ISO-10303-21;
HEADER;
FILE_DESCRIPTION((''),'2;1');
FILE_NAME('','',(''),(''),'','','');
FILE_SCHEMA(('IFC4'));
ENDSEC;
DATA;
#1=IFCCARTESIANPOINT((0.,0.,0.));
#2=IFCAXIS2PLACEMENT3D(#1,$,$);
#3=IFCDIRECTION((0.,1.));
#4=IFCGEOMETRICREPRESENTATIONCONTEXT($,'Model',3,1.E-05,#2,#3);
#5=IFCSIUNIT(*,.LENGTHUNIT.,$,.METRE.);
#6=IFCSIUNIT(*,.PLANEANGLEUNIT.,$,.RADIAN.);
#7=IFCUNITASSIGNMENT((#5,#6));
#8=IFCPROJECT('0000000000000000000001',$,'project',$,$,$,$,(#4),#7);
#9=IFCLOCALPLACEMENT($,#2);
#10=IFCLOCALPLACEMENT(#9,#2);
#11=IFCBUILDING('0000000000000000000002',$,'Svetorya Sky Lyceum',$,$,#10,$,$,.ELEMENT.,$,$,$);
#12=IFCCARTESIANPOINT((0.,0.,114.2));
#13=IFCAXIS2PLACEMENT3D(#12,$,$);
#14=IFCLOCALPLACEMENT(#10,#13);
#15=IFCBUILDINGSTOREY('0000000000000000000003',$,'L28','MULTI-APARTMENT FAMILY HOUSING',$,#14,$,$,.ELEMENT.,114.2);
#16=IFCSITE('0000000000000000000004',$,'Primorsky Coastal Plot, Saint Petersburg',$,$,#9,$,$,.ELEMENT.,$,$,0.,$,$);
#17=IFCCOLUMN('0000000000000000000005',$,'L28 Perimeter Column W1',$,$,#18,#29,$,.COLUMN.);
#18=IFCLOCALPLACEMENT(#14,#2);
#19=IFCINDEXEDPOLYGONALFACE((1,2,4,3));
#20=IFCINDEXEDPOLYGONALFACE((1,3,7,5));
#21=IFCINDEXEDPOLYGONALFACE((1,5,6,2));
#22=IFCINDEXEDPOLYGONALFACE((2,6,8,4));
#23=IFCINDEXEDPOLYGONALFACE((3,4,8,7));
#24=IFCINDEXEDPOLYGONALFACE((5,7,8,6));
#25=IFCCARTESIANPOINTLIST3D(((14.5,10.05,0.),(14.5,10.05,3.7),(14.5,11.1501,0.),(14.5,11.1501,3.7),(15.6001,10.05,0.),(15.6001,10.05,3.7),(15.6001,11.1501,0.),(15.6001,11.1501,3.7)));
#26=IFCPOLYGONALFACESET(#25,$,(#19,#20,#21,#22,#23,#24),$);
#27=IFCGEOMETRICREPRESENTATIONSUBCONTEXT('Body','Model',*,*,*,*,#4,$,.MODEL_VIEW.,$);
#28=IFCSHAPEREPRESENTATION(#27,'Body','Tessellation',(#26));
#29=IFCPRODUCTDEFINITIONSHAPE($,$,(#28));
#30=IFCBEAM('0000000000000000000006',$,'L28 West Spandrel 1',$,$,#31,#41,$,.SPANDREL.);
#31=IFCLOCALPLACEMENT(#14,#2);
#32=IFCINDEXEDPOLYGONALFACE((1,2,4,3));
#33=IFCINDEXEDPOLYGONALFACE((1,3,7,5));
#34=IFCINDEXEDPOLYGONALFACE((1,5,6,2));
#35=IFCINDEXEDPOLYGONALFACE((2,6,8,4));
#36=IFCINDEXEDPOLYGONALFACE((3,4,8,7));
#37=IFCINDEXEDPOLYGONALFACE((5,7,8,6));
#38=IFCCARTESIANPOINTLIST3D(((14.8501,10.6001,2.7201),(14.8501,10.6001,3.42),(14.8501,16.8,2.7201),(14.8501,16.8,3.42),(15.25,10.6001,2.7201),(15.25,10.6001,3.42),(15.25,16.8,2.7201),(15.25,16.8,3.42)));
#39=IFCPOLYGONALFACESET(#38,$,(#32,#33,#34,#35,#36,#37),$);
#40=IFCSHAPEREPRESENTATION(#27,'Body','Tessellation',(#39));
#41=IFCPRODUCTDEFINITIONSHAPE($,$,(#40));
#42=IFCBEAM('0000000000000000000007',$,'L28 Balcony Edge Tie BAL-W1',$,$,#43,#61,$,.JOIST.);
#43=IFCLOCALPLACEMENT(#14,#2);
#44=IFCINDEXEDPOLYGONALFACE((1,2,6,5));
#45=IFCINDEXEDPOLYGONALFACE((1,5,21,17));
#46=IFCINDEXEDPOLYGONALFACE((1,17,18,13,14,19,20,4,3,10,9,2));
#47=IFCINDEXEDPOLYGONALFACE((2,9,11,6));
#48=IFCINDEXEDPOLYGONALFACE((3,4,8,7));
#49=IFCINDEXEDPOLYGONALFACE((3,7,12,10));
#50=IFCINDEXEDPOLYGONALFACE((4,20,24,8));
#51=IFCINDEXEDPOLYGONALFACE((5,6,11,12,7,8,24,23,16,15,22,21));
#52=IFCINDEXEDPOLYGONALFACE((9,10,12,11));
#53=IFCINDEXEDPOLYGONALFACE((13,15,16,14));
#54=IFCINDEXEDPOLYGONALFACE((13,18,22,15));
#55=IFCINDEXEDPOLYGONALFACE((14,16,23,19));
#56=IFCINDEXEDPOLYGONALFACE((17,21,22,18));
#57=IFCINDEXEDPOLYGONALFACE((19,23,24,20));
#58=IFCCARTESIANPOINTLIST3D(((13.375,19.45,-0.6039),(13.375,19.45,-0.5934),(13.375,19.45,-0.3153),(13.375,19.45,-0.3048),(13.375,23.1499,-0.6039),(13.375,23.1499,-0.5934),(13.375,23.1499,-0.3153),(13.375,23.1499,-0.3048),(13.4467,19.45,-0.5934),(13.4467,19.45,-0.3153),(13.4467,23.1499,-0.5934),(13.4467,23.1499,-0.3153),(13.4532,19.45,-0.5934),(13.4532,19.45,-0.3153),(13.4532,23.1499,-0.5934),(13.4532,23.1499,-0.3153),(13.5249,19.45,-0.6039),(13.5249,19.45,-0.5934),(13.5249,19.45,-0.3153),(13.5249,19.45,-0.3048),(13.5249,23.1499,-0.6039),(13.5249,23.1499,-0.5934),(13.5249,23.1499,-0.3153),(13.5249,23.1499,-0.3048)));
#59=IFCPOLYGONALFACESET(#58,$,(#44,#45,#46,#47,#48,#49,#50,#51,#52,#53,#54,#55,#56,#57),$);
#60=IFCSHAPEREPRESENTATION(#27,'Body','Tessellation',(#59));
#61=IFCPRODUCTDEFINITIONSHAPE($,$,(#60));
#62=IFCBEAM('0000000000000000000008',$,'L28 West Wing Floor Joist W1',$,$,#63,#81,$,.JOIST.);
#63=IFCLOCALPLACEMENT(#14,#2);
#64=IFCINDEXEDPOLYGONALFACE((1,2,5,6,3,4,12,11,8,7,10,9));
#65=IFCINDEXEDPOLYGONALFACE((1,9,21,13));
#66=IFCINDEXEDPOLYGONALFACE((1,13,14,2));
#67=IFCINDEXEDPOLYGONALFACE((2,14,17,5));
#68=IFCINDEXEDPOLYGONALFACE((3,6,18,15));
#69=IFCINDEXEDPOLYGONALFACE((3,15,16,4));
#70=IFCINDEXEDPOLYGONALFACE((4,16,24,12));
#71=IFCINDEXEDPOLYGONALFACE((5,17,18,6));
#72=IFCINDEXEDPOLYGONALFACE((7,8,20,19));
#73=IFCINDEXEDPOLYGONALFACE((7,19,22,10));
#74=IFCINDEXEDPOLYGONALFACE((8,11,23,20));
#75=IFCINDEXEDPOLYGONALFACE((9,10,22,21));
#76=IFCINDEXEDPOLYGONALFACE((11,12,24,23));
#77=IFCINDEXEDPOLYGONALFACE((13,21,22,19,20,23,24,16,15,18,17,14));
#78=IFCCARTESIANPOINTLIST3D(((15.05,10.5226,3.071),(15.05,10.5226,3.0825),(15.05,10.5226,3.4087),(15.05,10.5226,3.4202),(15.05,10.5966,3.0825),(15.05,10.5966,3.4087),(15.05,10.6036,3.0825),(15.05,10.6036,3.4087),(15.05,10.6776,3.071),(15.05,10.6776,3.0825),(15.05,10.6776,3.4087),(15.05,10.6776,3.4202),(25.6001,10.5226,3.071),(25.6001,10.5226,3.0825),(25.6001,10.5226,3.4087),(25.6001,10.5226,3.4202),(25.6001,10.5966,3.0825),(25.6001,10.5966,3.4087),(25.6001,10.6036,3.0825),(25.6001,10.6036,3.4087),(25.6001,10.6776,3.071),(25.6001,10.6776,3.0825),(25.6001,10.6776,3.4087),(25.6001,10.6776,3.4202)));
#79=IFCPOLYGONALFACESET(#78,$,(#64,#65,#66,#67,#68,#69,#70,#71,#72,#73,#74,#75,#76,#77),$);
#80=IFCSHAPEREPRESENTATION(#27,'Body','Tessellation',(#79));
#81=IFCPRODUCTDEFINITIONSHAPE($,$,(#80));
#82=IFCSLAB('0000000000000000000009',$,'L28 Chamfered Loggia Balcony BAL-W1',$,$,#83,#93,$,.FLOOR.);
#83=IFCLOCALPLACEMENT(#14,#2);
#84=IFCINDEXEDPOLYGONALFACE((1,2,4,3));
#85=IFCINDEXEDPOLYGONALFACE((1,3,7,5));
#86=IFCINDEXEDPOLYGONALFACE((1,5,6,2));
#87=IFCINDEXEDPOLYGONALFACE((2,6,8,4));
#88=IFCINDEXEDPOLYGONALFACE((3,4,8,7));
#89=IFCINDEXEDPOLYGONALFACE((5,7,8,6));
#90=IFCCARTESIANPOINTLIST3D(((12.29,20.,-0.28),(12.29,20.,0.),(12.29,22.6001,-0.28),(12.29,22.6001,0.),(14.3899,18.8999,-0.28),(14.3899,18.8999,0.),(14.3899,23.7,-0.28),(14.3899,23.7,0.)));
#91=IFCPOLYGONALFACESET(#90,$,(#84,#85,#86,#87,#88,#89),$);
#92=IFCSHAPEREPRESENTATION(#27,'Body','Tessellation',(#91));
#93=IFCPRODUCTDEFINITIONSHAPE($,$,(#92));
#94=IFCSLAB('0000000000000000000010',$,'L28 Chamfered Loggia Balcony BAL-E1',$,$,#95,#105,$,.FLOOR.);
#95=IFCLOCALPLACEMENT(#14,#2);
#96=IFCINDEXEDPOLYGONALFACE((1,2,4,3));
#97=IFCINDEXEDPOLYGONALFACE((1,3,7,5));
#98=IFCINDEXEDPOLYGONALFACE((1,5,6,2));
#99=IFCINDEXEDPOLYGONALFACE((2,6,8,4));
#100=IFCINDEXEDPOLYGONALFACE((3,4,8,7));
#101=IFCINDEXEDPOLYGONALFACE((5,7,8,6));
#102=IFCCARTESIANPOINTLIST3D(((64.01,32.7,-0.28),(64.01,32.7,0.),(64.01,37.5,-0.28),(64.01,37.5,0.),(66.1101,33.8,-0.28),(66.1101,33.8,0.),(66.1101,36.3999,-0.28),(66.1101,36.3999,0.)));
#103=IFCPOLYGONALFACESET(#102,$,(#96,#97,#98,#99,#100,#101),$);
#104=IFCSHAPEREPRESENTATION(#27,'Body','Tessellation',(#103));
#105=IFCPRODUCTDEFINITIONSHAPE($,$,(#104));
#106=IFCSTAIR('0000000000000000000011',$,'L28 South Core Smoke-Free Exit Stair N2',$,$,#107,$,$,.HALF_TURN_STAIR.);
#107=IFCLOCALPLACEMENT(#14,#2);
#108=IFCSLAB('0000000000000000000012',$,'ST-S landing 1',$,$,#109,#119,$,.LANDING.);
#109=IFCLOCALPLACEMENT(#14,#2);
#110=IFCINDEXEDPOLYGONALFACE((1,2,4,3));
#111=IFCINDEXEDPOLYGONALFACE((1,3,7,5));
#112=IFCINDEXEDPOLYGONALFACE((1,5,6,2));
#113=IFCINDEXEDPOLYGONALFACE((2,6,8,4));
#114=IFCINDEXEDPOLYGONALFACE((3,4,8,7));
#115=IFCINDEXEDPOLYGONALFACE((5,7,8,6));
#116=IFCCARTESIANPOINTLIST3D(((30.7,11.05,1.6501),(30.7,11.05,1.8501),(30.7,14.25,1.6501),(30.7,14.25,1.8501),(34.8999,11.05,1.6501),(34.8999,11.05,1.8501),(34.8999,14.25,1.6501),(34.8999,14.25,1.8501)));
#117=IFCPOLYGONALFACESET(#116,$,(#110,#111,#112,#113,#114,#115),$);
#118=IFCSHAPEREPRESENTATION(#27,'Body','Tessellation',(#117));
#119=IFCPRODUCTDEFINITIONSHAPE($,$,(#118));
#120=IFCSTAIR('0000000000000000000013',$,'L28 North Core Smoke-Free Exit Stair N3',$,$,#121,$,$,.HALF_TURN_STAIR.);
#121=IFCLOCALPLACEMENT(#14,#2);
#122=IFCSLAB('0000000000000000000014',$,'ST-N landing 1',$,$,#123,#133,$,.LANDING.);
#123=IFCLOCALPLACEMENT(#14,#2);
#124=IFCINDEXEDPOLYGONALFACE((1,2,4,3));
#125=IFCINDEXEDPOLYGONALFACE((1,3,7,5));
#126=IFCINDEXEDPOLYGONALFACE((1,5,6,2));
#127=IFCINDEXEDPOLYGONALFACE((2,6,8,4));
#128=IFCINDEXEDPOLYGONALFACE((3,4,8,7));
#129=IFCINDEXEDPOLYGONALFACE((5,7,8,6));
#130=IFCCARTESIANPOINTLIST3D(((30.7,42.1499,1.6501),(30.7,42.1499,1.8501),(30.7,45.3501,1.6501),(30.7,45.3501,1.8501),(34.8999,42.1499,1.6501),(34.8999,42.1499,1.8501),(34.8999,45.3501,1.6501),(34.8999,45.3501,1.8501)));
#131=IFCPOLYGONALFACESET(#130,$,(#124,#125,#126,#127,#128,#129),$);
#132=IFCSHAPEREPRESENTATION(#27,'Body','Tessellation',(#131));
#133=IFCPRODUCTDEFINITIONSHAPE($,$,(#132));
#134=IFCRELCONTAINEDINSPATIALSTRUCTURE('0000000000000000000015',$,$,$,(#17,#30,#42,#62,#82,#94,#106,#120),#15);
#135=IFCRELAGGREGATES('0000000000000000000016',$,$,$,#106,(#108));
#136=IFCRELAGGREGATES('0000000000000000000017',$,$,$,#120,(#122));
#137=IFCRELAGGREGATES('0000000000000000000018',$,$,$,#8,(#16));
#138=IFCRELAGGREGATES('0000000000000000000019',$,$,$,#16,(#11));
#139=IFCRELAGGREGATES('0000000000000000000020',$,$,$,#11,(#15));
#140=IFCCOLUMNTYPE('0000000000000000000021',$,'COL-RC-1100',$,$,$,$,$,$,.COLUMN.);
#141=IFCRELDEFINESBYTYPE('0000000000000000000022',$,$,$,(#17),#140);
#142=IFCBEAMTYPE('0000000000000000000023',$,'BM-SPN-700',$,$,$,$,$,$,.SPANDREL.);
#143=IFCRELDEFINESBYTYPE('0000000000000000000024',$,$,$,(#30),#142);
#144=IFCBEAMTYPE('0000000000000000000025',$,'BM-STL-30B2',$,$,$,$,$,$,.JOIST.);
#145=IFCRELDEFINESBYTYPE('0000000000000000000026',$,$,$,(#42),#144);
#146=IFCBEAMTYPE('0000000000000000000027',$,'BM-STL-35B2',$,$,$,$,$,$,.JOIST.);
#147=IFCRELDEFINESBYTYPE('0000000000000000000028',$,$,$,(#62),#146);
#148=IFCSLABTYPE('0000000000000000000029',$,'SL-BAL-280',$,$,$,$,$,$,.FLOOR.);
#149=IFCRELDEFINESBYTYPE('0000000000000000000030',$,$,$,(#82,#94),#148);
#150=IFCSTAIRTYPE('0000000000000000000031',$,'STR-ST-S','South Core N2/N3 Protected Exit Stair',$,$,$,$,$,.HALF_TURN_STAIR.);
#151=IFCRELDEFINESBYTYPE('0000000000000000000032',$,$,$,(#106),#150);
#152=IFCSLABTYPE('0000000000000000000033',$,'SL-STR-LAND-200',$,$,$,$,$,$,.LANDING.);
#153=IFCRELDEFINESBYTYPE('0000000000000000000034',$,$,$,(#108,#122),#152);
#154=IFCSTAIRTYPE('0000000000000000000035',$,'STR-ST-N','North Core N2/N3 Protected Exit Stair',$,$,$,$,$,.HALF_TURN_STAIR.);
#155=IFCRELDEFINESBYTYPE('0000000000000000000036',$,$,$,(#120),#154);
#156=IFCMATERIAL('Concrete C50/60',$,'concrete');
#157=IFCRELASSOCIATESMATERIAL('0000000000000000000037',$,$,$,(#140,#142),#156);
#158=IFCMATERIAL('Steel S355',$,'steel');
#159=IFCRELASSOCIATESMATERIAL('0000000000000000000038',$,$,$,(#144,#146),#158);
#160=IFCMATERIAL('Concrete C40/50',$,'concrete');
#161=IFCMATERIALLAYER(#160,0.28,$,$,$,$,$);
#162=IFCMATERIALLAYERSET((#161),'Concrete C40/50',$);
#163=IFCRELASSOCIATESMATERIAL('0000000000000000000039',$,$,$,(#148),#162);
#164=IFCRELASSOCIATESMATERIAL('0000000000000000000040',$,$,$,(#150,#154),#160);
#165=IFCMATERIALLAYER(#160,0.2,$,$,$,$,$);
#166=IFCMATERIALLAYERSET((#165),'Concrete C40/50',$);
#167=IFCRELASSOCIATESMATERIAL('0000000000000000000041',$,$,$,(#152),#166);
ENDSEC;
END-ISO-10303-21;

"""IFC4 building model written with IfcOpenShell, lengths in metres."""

from ifc_helpers import new_model, si_unit, direction, frame, origin, origin_2d, place, context, subcontext, project, spatial, polyline, rectangle, i_section, outline, extrude, material, layer, layer_set, material_profile, profile_set, type_object, element, aggregate, save


model = new_model("IFC4")

# Units and contexts
model_context = context("Model", 3, precision=1e-05, world=origin(), true_north=direction((0.0, 1.0)))
body_context = subcontext(model_context, "Body", "Model", "MODEL_VIEW")
ifc_project = project(units=[si_unit("LENGTHUNIT", "METRE"), si_unit("PLANEANGLEUNIT", "RADIAN")], contexts=[model_context])

# Site, building, storey
site_placement = place(None, origin())
site = spatial("IfcSite", under=ifc_project, at=site_placement, Name="Primorsky Coastal Plot, Saint Petersburg", CompositionType="ELEMENT", RefElevation=0.0)
building_placement = place(site_placement, origin())
building = spatial("IfcBuilding", under=site, at=building_placement, Name="Svetorya Sky Lyceum", CompositionType="ELEMENT")
storey_placement = place(building_placement, frame((0.0, 0.0, 114.2)))
storey = spatial("IfcBuildingStorey", under=building, at=storey_placement, Name="L28", Description="MULTI-APARTMENT FAMILY HOUSING", CompositionType="ELEMENT", Elevation=114.2)

# Column
ifc_material_1 = material(Name="Concrete C50/60", Category="concrete")
ifc_material_profile_1 = material_profile(ifc_material_1, rectangle(XDim=1.1001, YDim=1.1001, at=origin_2d()), Name="RC COL 1100x1100")
ifc_profile_set_1 = profile_set([ifc_material_profile_1], Name="Concrete C50/60")
column_type = type_object("IfcColumnType", Name="COL-RC-1100", PredefinedType="COLUMN", material=ifc_profile_set_1)
column_placement = place(storey_placement, frame((15.05, 10.6001, 0.0), z_axis=(0.0, 0.0, 1.0), x_axis=(1.0, 0.0, 0.0)))
element("IfcColumn", 1, at=column_placement, inside=storey, type_object=column_type, Name="L28 Perimeter Column W1", PredefinedType="COLUMN", context=body_context, shape_type="SweptSolid", body=[
    extrude(rectangle(XDim=1.1001, YDim=1.1001, at=origin_2d()), origin(), (0.0, 0.0, 1.0), 3.7),
])

# Beams
ifc_material_profile_2 = material_profile(ifc_material_1, rectangle(XDim=0.3999, YDim=0.7, at=origin_2d()), Name="RC SPANDREL 400x700")
ifc_profile_set_2 = profile_set([ifc_material_profile_2], Name="Concrete C50/60")
beam_type_1 = type_object("IfcBeamType", Name="BM-SPN-700", PredefinedType="SPANDREL", material=ifc_profile_set_2)
beam_1_placement = place(storey_placement, frame((15.05, 10.6001, 3.0701), z_axis=(0.0, 1.0, 0.0), x_axis=(-1.0, 0.0, 0.0)))
element("IfcBeam", 2, at=beam_1_placement, inside=storey, type_object=beam_type_1, Name="L28 West Spandrel 1", PredefinedType="SPANDREL", context=body_context, shape_type="SweptSolid", body=[
    extrude(rectangle(XDim=0.3999, YDim=0.7, at=origin_2d()), origin(), (0.0, 0.0, 1.0), 6.2),
])
ifc_material_2 = material(Name="Steel S355", Category="steel")
ifc_material_profile_3 = material_profile(ifc_material_2, i_section(OverallWidth=0.1499, OverallDepth=0.2991, WebThickness=0.0066, FlangeThickness=0.0105, at=origin_2d()), Name="GOST 30B2")
ifc_profile_set_3 = profile_set([ifc_material_profile_3], Name="Steel S355")
beam_type_2 = type_object("IfcBeamType", Name="BM-STL-30B2", PredefinedType="JOIST", material=ifc_profile_set_3)
beam_2_placement = place(storey_placement, frame((13.45, 19.45, -0.4543), z_axis=(0.0, 1.0, 0.0), x_axis=(-1.0, 0.0, 0.0)))
element("IfcBeam", 3, at=beam_2_placement, inside=storey, type_object=beam_type_2, Name="L28 Balcony Edge Tie BAL-W1", PredefinedType="JOIST", context=body_context, shape_type="SweptSolid", body=[
    extrude(i_section(OverallWidth=0.1499, OverallDepth=0.2991, WebThickness=0.0066, FlangeThickness=0.0105, at=origin_2d()), origin(), (0.0, 0.0, 1.0), 3.7),
])
ifc_material_profile_4 = material_profile(ifc_material_2, i_section(OverallWidth=0.155, OverallDepth=0.3491, WebThickness=0.0071, FlangeThickness=0.0115, at=origin_2d()), Name="GOST 35B2")
ifc_profile_set_4 = profile_set([ifc_material_profile_4], Name="Steel S355")
beam_type_3 = type_object("IfcBeamType", Name="BM-STL-35B2", PredefinedType="JOIST", material=ifc_profile_set_4)
beam_3_placement = place(storey_placement, frame((15.05, 10.6001, 3.2456), z_axis=(1.0, 0.0, 0.0), x_axis=(0.0, 1.0, 0.0)))
element("IfcBeam", 4, at=beam_3_placement, inside=storey, type_object=beam_type_3, Name="L28 West Wing Floor Joist W1", PredefinedType="JOIST", context=body_context, shape_type="SweptSolid", body=[
    extrude(i_section(OverallWidth=0.155, OverallDepth=0.3491, WebThickness=0.0071, FlangeThickness=0.0115, at=origin_2d()), origin(), (0.0, 0.0, 1.0), 10.55),
])

# Slabs
ifc_material_3 = material(Name="Concrete C40/50", Category="concrete")
ifc_layer_1 = layer(ifc_material_3, 0.28)
ifc_layer_set_1 = layer_set([ifc_layer_1], Name="Concrete C40/50")
slab_type_1 = type_object("IfcSlabType", Name="SL-BAL-280", PredefinedType="FLOOR", material=ifc_layer_set_1)
slab_1_placement = place(storey_placement, frame((0.0, 0.0, -0.28)))
element("IfcSlab", 5, at=slab_1_placement, inside=storey, type_object=slab_type_1, Name="L28 Chamfered Loggia Balcony BAL-W1", PredefinedType="FLOOR", context=body_context, shape_type="SweptSolid", body=[
    extrude(outline(polyline([(14.3899, 18.8999), (14.3899, 23.7), (12.29, 22.6001), (12.29, 20.0), (14.3899, 18.8999)])), origin(), (0.0, 0.0, 1.0), 0.28),
])
slab_2_placement = place(storey_placement, frame((0.0, 0.0, -0.28)))
element("IfcSlab", 6, at=slab_2_placement, inside=storey, type_object=slab_type_1, Name="L28 Chamfered Loggia Balcony BAL-E1", PredefinedType="FLOOR", context=body_context, shape_type="SweptSolid", body=[
    extrude(outline(polyline([(64.01, 32.7), (66.1101, 33.8), (66.1101, 36.3999), (64.01, 37.5), (64.01, 32.7)])), origin(), (0.0, 0.0, 1.0), 0.28),
])

# Stairs, slabs
stair_type_1 = type_object("IfcStairType", Name="STR-ST-S", Description="South Core N2/N3 Protected Exit Stair", PredefinedType="HALF_TURN_STAIR", material=ifc_material_3)
stair_1_placement = place(storey_placement, origin())
stair_1 = element("IfcStair", 7, at=stair_1_placement, inside=storey, type_object=stair_type_1, Name="L28 South Core Smoke-Free Exit Stair N2", PredefinedType="HALF_TURN_STAIR")
ifc_layer_2 = layer(ifc_material_3, 0.2)
ifc_layer_set_2 = layer_set([ifc_layer_2], Name="Concrete C40/50")
slab_type_2 = type_object("IfcSlabType", Name="SL-STR-LAND-200", PredefinedType="LANDING", material=ifc_layer_set_2)
slab_3_placement = place(storey_placement, frame((0.0, 0.0, 1.6501)))
slab_3 = element("IfcSlab", 8, at=slab_3_placement, type_object=slab_type_2, Name="ST-S landing 1", PredefinedType="LANDING", context=body_context, shape_type="SweptSolid", body=[
    extrude(outline(polyline([(30.7, 11.05), (34.8999, 11.05), (34.8999, 14.25), (30.7, 14.25), (30.7, 11.05)])), origin(), (0.0, 0.0, 1.0), 0.2),
])
aggregate(stair_1, [slab_3])
stair_type_2 = type_object("IfcStairType", Name="STR-ST-N", Description="North Core N2/N3 Protected Exit Stair", PredefinedType="HALF_TURN_STAIR", material=ifc_material_3)
stair_2_placement = place(storey_placement, origin())
stair_2 = element("IfcStair", 9, at=stair_2_placement, inside=storey, type_object=stair_type_2, Name="L28 North Core Smoke-Free Exit Stair N3", PredefinedType="HALF_TURN_STAIR")
slab_4_placement = place(storey_placement, frame((0.0, 0.0, 1.6501)))
slab_4 = element("IfcSlab", 10, at=slab_4_placement, type_object=slab_type_2, Name="ST-N landing 1", PredefinedType="LANDING", context=body_context, shape_type="SweptSolid", body=[
    extrude(outline(polyline([(30.7, 42.1499), (34.8999, 42.1499), (34.8999, 45.3501), (30.7, 45.3501), (30.7, 42.1499)])), origin(), (0.0, 0.0, 1.0), 0.2),
])
aggregate(stair_2, [slab_4])

save(model, "model.ifc")
